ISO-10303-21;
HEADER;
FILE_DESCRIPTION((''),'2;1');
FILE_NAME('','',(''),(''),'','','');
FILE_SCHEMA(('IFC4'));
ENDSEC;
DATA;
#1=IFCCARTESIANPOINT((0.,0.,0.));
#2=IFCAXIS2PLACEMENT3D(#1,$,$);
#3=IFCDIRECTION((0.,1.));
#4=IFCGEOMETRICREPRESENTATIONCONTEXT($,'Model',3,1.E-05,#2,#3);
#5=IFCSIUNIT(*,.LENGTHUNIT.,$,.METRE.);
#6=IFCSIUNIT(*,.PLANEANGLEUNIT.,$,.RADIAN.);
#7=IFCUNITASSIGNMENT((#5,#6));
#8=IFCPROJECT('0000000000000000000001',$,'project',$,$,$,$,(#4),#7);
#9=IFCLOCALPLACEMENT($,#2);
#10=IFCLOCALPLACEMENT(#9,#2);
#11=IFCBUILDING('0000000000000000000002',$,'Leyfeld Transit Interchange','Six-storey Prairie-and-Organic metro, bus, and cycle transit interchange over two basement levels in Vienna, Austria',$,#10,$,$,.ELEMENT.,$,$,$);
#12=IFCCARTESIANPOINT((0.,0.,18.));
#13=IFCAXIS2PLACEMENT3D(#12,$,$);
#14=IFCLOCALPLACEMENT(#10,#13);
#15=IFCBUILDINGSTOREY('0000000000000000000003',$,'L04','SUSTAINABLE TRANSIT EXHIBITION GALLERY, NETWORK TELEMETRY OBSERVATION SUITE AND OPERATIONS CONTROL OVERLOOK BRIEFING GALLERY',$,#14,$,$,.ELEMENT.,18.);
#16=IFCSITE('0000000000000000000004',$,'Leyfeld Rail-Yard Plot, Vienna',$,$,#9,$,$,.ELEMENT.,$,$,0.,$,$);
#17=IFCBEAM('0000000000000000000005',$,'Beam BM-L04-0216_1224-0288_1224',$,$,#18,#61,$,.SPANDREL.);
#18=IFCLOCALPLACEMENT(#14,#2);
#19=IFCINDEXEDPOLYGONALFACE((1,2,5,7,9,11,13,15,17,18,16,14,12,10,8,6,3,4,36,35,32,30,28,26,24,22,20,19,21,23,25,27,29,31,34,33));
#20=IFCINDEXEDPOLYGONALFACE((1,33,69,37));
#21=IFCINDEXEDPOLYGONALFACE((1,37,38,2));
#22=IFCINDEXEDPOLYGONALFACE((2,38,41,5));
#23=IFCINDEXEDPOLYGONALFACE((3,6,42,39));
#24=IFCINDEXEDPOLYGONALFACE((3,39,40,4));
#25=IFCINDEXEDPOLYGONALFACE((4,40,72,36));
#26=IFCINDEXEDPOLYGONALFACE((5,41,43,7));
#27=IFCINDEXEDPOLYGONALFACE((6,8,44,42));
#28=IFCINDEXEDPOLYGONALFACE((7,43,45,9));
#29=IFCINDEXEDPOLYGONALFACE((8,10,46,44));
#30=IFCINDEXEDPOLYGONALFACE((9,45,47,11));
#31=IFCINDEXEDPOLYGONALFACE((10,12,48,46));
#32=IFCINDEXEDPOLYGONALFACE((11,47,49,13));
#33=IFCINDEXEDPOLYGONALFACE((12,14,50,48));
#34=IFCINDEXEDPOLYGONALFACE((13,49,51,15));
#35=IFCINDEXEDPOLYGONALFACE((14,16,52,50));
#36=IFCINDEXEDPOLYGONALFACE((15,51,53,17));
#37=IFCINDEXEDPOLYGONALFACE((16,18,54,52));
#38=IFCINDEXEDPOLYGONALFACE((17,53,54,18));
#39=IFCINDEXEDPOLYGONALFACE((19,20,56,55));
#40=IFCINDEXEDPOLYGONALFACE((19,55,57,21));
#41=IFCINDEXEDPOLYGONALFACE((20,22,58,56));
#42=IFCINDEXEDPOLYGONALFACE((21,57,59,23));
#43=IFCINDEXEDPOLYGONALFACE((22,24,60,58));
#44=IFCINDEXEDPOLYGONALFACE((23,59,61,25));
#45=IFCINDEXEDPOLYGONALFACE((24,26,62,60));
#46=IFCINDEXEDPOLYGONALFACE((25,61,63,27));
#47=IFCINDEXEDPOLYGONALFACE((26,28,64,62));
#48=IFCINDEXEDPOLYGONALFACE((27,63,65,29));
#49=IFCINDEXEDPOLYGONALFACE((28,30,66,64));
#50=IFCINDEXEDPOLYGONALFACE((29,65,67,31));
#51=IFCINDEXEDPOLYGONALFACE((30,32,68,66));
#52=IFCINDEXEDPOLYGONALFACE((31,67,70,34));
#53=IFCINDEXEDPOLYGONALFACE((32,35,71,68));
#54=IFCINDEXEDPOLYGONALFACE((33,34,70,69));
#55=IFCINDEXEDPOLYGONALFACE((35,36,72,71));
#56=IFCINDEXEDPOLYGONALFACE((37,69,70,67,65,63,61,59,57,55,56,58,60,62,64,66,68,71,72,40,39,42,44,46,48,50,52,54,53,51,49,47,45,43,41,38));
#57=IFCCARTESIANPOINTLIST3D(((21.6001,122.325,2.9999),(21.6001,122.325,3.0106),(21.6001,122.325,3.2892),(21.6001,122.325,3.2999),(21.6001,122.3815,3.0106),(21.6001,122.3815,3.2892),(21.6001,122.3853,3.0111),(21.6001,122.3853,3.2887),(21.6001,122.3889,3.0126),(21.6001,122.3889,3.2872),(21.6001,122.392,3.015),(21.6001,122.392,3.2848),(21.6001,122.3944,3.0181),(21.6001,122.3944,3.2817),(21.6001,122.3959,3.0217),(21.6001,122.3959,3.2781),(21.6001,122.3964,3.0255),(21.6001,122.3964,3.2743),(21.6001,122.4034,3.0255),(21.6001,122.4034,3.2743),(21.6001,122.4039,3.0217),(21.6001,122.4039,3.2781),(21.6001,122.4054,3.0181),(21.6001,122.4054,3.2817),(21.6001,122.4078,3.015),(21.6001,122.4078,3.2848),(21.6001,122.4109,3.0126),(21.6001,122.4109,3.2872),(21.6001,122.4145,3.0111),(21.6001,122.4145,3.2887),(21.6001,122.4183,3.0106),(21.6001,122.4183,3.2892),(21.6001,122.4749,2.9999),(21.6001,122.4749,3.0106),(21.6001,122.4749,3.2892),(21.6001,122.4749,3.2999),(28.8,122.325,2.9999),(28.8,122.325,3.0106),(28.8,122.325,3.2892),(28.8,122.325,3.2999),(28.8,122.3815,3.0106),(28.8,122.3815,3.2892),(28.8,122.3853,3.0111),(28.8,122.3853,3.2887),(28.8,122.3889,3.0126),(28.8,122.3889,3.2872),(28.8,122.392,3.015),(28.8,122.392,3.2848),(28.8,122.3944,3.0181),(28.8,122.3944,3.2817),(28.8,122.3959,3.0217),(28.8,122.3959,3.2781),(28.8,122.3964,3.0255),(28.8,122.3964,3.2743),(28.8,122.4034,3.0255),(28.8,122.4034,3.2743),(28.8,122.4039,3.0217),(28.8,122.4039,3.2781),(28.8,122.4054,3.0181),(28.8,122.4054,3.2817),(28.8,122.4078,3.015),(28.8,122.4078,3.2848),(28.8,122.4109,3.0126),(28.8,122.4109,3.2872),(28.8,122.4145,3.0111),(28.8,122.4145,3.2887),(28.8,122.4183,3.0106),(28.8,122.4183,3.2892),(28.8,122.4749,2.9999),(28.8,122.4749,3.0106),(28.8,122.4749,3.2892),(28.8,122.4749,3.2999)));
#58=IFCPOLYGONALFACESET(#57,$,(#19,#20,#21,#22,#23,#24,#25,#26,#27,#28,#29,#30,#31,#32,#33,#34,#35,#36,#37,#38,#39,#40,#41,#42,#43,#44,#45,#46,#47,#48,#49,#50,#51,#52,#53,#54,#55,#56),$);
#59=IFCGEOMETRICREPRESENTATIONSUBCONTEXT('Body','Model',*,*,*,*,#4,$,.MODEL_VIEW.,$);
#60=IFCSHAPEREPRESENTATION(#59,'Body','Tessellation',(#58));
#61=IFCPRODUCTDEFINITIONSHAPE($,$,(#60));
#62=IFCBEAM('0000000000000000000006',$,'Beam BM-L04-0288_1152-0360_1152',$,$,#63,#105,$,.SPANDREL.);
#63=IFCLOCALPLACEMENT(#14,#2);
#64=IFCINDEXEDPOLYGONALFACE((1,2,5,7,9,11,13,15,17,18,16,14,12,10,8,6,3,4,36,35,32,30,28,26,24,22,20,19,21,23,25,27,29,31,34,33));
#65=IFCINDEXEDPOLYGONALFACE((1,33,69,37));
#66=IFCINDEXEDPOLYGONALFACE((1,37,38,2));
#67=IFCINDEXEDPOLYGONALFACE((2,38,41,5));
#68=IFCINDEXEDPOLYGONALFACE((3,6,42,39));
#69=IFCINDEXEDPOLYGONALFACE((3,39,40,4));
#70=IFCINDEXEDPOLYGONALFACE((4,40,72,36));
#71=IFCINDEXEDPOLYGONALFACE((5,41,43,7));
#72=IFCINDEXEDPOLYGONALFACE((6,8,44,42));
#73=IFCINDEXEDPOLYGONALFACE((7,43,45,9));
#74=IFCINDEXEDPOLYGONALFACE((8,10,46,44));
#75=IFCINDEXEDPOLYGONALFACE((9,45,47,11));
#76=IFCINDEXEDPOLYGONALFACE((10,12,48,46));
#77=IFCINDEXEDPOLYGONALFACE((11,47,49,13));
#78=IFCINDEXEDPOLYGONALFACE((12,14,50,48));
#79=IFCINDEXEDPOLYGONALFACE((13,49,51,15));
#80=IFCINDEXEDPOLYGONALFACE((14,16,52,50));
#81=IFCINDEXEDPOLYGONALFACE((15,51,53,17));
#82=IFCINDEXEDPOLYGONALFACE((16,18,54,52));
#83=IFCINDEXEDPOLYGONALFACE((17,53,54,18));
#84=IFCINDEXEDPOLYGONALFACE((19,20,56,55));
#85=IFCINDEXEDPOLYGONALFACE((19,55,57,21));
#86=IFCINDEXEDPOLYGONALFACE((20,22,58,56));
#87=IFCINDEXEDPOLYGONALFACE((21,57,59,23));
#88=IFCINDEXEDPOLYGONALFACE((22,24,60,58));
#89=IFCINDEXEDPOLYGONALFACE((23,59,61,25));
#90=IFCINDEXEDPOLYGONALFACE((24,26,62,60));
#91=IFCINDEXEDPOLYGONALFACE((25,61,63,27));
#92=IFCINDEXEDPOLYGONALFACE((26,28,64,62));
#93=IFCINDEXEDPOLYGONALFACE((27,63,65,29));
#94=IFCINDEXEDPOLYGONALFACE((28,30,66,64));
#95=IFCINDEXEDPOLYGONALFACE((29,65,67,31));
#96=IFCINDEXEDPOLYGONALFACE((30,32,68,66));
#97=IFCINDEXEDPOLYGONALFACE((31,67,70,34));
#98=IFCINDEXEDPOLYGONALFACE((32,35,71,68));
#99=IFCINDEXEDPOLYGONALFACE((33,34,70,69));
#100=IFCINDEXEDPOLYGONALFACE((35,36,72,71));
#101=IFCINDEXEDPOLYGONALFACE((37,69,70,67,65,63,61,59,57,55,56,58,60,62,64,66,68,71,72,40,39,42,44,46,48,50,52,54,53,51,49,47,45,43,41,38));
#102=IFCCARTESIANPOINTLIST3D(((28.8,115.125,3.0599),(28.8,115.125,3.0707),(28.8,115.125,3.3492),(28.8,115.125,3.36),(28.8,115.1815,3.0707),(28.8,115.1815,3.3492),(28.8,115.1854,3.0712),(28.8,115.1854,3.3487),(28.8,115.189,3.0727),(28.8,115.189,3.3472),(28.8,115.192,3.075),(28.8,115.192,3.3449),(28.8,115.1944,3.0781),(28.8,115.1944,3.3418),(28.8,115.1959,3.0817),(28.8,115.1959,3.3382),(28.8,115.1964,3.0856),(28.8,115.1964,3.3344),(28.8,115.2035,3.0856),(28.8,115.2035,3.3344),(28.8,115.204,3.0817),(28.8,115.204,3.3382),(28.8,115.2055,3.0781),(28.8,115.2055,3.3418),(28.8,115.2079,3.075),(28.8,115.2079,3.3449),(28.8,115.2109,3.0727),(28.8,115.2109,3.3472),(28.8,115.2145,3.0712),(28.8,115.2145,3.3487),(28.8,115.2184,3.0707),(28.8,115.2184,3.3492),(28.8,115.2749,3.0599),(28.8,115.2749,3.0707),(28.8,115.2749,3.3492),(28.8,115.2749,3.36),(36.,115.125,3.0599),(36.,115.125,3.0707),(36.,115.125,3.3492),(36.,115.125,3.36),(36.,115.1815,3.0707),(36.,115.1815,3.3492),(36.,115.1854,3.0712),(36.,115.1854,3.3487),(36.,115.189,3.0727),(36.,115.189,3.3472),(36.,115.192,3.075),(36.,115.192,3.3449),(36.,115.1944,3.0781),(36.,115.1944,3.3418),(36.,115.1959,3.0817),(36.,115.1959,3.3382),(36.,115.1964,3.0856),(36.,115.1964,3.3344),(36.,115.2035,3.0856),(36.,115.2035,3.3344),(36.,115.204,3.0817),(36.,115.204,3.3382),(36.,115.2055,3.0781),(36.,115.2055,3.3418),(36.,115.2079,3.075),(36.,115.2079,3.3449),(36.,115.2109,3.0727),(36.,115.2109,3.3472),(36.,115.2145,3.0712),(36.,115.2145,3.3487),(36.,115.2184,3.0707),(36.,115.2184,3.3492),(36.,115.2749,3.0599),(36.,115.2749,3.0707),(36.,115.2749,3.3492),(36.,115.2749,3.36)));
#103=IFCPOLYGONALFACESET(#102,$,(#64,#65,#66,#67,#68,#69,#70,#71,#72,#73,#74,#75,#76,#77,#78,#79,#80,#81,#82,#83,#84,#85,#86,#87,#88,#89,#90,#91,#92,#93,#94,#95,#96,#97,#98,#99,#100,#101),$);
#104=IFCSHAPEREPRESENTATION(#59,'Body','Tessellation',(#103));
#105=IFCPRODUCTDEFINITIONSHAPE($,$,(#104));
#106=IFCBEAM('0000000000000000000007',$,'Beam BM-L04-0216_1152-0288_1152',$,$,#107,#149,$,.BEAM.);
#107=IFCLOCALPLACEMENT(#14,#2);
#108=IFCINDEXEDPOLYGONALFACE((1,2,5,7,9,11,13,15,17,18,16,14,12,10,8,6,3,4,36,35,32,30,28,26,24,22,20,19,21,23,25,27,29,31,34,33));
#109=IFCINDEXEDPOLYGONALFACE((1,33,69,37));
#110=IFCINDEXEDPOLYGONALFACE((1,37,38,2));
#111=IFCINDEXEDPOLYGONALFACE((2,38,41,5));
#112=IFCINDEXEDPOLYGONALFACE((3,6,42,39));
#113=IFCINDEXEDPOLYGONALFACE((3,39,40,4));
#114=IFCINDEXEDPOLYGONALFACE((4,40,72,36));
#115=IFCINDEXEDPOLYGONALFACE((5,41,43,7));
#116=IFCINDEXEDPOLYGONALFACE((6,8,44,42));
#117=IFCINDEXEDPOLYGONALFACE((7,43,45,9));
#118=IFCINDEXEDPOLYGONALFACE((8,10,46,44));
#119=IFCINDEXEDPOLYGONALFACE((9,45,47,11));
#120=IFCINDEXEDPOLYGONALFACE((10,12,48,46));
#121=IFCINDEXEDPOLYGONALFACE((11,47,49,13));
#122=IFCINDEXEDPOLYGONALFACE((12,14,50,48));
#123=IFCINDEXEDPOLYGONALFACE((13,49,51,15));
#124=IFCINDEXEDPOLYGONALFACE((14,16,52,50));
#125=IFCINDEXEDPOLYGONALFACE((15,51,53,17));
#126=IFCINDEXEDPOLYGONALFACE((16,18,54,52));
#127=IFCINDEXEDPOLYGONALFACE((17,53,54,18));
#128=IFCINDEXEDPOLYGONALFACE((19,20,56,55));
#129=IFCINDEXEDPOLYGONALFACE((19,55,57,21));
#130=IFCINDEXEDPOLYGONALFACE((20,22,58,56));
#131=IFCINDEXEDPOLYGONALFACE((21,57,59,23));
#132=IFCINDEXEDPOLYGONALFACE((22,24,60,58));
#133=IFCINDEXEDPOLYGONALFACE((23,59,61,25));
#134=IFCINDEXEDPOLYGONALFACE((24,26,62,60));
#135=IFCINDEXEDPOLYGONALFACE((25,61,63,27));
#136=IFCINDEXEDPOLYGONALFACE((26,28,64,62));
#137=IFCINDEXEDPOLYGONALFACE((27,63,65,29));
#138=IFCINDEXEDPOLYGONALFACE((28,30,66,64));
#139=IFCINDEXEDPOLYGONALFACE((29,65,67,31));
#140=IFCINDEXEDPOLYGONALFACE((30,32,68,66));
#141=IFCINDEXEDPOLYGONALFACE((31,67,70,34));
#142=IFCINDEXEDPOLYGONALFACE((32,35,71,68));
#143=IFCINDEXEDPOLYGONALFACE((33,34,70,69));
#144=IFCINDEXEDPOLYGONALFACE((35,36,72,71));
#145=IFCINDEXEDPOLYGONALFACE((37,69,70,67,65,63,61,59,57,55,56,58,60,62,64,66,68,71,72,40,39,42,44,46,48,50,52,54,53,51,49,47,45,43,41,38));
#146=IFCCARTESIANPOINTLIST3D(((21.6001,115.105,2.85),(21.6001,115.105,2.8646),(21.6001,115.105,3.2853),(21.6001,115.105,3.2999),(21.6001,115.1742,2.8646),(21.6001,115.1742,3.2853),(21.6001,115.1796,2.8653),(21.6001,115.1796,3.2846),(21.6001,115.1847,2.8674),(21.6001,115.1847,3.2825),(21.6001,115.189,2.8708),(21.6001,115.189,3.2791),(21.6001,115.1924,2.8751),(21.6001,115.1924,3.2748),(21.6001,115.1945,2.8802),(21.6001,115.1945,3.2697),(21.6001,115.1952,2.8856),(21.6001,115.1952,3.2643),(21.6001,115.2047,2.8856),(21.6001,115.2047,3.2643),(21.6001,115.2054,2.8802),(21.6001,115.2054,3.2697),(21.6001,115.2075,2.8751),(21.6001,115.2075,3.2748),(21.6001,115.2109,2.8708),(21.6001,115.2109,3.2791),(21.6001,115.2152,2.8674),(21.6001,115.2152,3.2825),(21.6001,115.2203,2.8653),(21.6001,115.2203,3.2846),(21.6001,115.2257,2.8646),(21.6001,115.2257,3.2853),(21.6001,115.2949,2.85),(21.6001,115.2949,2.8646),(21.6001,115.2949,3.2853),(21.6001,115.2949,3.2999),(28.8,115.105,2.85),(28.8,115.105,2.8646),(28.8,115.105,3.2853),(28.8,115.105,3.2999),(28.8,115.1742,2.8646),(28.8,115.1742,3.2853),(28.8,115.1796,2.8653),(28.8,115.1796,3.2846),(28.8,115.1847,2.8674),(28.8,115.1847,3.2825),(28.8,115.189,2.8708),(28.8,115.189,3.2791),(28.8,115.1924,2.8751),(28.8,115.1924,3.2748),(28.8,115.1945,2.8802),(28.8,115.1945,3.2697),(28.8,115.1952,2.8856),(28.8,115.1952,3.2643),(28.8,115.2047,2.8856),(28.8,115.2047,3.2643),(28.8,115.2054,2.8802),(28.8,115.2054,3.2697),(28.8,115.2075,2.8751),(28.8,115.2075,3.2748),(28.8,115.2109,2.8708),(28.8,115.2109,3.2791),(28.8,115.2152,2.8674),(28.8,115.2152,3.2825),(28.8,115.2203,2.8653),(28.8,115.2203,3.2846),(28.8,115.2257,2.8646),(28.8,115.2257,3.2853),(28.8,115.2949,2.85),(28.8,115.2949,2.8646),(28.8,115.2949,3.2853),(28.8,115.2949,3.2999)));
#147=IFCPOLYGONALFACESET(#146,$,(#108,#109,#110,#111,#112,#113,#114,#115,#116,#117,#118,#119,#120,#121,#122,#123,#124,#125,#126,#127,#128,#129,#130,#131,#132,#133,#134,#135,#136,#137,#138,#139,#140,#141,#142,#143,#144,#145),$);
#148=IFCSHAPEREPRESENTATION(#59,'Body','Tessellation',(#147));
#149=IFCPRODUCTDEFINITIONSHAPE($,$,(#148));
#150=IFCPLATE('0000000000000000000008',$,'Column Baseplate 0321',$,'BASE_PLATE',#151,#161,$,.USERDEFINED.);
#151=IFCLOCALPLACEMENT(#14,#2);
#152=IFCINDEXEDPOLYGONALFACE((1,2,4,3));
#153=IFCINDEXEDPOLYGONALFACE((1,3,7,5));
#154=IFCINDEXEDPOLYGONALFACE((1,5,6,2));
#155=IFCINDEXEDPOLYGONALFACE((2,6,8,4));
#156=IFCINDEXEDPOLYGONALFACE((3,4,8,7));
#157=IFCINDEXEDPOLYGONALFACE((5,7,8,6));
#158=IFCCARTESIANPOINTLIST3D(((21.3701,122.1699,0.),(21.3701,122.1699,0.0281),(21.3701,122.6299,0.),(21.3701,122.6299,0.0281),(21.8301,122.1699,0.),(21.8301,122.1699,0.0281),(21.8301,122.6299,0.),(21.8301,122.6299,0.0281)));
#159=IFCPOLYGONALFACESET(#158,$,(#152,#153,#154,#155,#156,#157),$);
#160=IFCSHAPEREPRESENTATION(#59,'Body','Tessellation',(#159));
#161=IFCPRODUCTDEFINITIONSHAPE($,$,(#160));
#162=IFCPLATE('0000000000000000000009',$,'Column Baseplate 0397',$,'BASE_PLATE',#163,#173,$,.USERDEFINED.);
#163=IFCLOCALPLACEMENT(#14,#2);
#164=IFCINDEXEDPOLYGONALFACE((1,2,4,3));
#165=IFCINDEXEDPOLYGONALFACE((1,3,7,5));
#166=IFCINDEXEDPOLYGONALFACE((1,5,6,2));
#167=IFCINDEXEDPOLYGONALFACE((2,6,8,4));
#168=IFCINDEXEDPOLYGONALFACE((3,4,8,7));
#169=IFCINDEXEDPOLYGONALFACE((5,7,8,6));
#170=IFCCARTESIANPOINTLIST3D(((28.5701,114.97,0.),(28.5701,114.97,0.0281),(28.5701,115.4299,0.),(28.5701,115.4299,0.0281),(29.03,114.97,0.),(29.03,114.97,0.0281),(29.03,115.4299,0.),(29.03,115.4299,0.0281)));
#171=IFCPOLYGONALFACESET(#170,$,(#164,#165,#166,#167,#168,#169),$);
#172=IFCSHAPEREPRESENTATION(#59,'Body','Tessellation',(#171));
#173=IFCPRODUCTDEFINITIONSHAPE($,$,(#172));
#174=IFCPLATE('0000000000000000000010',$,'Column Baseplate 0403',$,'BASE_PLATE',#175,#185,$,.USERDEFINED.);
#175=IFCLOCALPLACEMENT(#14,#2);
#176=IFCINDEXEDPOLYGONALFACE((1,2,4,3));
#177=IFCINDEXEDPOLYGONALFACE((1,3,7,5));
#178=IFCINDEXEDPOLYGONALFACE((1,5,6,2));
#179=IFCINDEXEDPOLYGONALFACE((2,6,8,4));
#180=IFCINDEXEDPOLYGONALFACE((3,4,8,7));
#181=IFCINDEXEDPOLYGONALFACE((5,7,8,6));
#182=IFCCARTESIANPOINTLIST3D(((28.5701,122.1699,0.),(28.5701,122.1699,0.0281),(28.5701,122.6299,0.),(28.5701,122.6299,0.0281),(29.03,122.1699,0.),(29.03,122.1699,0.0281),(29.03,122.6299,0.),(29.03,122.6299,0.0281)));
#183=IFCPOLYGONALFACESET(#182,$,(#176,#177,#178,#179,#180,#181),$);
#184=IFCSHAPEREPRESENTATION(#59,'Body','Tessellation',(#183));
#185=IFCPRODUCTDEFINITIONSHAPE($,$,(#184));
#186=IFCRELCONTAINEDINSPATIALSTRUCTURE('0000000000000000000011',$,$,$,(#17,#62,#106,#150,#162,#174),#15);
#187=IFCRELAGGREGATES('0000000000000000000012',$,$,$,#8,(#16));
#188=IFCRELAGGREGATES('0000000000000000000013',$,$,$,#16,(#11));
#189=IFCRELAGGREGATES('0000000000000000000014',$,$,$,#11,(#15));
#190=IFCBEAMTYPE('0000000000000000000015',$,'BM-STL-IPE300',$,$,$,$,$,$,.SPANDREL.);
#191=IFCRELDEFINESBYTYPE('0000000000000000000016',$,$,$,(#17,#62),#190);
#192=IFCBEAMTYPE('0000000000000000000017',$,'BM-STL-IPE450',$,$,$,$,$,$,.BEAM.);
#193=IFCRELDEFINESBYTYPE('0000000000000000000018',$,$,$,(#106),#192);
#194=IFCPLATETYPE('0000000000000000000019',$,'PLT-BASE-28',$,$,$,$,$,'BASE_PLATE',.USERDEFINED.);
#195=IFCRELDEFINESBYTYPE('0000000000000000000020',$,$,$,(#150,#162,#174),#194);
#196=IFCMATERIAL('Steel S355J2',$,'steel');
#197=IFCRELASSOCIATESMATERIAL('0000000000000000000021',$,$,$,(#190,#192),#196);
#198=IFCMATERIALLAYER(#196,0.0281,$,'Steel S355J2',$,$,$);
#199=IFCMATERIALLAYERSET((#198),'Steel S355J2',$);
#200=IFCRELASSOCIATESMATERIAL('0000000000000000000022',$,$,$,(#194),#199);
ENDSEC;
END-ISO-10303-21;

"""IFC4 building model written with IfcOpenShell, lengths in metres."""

from ifc_helpers import new_model, si_unit, direction, frame, origin, origin_2d, place, context, subcontext, project, spatial, rectangle, i_section, extrude, material, layer, layer_set, material_profile, profile_set, type_object, element, save


model = new_model("IFC4")

# Units and contexts
model_context = context("Model", 3, precision=1e-05, world=origin(), true_north=direction((0.0, 1.0)))
body_context = subcontext(model_context, "Body", "Model", "MODEL_VIEW")
ifc_project = project(units=[si_unit("LENGTHUNIT", "METRE"), si_unit("PLANEANGLEUNIT", "RADIAN")], contexts=[model_context])

# Site, building, storey
site_placement = place(None, origin())
site = spatial("IfcSite", under=ifc_project, at=site_placement, Name="Leyfeld Rail-Yard Plot, Vienna", CompositionType="ELEMENT", RefElevation=0.0)
building_placement = place(site_placement, origin())
building = spatial("IfcBuilding", under=site, at=building_placement, Name="Leyfeld Transit Interchange", Description="Six-storey Prairie-and-Organic metro, bus, and cycle transit interchange over two basement levels in Vienna, Austria", CompositionType="ELEMENT")
storey_placement = place(building_placement, frame((0.0, 0.0, 18.0)))
storey = spatial("IfcBuildingStorey", under=building, at=storey_placement, Name="L04", Description="SUSTAINABLE TRANSIT EXHIBITION GALLERY, NETWORK TELEMETRY OBSERVATION SUITE AND OPERATIONS CONTROL OVERLOOK BRIEFING GALLERY", CompositionType="ELEMENT", Elevation=18.0)

# Shared definitions
ifc_material_1 = material(Name="Steel S355J2", Category="steel")

# Beams
ifc_material_profile_1 = material_profile(ifc_material_1, i_section(OverallWidth=0.1499, OverallDepth=0.3, WebThickness=0.0071, FlangeThickness=0.0107, FilletRadius=0.0149, at=origin_2d()), Name="IPE 300")
ifc_profile_set_1 = profile_set([ifc_material_profile_1], Name="Steel S355J2")
beam_type_1 = type_object("IfcBeamType", Name="BM-STL-IPE300", PredefinedType="SPANDREL", material=ifc_profile_set_1)
for number, where, z_axis, x_axis, name in (
    (1, (21.6001, 122.3999, 3.1499), (1.0, 0.0, 0.0), (0.0, 1.0, 0.0), "Beam BM-L04-0216_1224-0288_1224"),
    (2, (28.8, 115.2, 3.21), (1.0, 0.0, 0.0), (0.0, 1.0, 0.0), "Beam BM-L04-0288_1152-0360_1152"),
):
    element("IfcBeam", number, at=place(storey_placement, frame(where, z_axis=z_axis, x_axis=x_axis)), inside=storey, type_object=beam_type_1, Name=name, PredefinedType="SPANDREL", context=body_context, shape_type="SweptSolid", body=[
        extrude(i_section(OverallWidth=0.1499, OverallDepth=0.3, WebThickness=0.0071, FlangeThickness=0.0107, FilletRadius=0.0149, at=origin_2d()), origin(), (0.0, 0.0, 1.0), 7.2),
    ])
ifc_material_profile_2 = material_profile(ifc_material_1, i_section(OverallWidth=0.1899, OverallDepth=0.45, WebThickness=0.0095, FlangeThickness=0.0146, FilletRadius=0.021, at=origin_2d()), Name="IPE 450")
ifc_profile_set_2 = profile_set([ifc_material_profile_2], Name="Steel S355J2")
beam_type_2 = type_object("IfcBeamType", Name="BM-STL-IPE450", PredefinedType="BEAM", material=ifc_profile_set_2)
beam_1_placement = place(storey_placement, frame((21.6001, 115.2, 3.075), z_axis=(1.0, 0.0, 0.0), x_axis=(0.0, 1.0, 0.0)))
element("IfcBeam", 3, at=beam_1_placement, inside=storey, type_object=beam_type_2, Name="Beam BM-L04-0216_1152-0288_1152", PredefinedType="BEAM", context=body_context, shape_type="SweptSolid", body=[
    extrude(i_section(OverallWidth=0.1899, OverallDepth=0.45, WebThickness=0.0095, FlangeThickness=0.0146, FilletRadius=0.021, at=origin_2d()), origin(), (0.0, 0.0, 1.0), 7.2),
])

# Plates
ifc_layer_1 = layer(ifc_material_1, 0.0281, Name="Steel S355J2")
ifc_layer_set_1 = layer_set([ifc_layer_1], Name="Steel S355J2")
plate_type = type_object("IfcPlateType", Name="PLT-BASE-28", ElementType="BASE_PLATE", PredefinedType="USERDEFINED", material=ifc_layer_set_1)
for number, where, z_axis, x_axis, name in (
    (4, (21.6001, 122.3999, 0.0), (0.0, 0.0, 1.0), (1.0, 0.0, 0.0), "Column Baseplate 0321"),
    (5, (28.8, 115.2, 0.0), (0.0, 0.0, 1.0), (1.0, 0.0, 0.0), "Column Baseplate 0397"),
    (6, (28.8, 122.3999, 0.0), (0.0, 0.0, 1.0), (1.0, 0.0, 0.0), "Column Baseplate 0403"),
):
    element("IfcPlate", number, at=place(storey_placement, frame(where, z_axis=z_axis, x_axis=x_axis)), inside=storey, type_object=plate_type, Name=name, ObjectType="BASE_PLATE", PredefinedType="USERDEFINED", context=body_context, shape_type="SweptSolid", body=[
        extrude(rectangle(XDim=0.46, YDim=0.46, at=origin_2d()), origin(), (0.0, 0.0, 1.0), 0.0281),
    ])

save(model, "model.ifc")
